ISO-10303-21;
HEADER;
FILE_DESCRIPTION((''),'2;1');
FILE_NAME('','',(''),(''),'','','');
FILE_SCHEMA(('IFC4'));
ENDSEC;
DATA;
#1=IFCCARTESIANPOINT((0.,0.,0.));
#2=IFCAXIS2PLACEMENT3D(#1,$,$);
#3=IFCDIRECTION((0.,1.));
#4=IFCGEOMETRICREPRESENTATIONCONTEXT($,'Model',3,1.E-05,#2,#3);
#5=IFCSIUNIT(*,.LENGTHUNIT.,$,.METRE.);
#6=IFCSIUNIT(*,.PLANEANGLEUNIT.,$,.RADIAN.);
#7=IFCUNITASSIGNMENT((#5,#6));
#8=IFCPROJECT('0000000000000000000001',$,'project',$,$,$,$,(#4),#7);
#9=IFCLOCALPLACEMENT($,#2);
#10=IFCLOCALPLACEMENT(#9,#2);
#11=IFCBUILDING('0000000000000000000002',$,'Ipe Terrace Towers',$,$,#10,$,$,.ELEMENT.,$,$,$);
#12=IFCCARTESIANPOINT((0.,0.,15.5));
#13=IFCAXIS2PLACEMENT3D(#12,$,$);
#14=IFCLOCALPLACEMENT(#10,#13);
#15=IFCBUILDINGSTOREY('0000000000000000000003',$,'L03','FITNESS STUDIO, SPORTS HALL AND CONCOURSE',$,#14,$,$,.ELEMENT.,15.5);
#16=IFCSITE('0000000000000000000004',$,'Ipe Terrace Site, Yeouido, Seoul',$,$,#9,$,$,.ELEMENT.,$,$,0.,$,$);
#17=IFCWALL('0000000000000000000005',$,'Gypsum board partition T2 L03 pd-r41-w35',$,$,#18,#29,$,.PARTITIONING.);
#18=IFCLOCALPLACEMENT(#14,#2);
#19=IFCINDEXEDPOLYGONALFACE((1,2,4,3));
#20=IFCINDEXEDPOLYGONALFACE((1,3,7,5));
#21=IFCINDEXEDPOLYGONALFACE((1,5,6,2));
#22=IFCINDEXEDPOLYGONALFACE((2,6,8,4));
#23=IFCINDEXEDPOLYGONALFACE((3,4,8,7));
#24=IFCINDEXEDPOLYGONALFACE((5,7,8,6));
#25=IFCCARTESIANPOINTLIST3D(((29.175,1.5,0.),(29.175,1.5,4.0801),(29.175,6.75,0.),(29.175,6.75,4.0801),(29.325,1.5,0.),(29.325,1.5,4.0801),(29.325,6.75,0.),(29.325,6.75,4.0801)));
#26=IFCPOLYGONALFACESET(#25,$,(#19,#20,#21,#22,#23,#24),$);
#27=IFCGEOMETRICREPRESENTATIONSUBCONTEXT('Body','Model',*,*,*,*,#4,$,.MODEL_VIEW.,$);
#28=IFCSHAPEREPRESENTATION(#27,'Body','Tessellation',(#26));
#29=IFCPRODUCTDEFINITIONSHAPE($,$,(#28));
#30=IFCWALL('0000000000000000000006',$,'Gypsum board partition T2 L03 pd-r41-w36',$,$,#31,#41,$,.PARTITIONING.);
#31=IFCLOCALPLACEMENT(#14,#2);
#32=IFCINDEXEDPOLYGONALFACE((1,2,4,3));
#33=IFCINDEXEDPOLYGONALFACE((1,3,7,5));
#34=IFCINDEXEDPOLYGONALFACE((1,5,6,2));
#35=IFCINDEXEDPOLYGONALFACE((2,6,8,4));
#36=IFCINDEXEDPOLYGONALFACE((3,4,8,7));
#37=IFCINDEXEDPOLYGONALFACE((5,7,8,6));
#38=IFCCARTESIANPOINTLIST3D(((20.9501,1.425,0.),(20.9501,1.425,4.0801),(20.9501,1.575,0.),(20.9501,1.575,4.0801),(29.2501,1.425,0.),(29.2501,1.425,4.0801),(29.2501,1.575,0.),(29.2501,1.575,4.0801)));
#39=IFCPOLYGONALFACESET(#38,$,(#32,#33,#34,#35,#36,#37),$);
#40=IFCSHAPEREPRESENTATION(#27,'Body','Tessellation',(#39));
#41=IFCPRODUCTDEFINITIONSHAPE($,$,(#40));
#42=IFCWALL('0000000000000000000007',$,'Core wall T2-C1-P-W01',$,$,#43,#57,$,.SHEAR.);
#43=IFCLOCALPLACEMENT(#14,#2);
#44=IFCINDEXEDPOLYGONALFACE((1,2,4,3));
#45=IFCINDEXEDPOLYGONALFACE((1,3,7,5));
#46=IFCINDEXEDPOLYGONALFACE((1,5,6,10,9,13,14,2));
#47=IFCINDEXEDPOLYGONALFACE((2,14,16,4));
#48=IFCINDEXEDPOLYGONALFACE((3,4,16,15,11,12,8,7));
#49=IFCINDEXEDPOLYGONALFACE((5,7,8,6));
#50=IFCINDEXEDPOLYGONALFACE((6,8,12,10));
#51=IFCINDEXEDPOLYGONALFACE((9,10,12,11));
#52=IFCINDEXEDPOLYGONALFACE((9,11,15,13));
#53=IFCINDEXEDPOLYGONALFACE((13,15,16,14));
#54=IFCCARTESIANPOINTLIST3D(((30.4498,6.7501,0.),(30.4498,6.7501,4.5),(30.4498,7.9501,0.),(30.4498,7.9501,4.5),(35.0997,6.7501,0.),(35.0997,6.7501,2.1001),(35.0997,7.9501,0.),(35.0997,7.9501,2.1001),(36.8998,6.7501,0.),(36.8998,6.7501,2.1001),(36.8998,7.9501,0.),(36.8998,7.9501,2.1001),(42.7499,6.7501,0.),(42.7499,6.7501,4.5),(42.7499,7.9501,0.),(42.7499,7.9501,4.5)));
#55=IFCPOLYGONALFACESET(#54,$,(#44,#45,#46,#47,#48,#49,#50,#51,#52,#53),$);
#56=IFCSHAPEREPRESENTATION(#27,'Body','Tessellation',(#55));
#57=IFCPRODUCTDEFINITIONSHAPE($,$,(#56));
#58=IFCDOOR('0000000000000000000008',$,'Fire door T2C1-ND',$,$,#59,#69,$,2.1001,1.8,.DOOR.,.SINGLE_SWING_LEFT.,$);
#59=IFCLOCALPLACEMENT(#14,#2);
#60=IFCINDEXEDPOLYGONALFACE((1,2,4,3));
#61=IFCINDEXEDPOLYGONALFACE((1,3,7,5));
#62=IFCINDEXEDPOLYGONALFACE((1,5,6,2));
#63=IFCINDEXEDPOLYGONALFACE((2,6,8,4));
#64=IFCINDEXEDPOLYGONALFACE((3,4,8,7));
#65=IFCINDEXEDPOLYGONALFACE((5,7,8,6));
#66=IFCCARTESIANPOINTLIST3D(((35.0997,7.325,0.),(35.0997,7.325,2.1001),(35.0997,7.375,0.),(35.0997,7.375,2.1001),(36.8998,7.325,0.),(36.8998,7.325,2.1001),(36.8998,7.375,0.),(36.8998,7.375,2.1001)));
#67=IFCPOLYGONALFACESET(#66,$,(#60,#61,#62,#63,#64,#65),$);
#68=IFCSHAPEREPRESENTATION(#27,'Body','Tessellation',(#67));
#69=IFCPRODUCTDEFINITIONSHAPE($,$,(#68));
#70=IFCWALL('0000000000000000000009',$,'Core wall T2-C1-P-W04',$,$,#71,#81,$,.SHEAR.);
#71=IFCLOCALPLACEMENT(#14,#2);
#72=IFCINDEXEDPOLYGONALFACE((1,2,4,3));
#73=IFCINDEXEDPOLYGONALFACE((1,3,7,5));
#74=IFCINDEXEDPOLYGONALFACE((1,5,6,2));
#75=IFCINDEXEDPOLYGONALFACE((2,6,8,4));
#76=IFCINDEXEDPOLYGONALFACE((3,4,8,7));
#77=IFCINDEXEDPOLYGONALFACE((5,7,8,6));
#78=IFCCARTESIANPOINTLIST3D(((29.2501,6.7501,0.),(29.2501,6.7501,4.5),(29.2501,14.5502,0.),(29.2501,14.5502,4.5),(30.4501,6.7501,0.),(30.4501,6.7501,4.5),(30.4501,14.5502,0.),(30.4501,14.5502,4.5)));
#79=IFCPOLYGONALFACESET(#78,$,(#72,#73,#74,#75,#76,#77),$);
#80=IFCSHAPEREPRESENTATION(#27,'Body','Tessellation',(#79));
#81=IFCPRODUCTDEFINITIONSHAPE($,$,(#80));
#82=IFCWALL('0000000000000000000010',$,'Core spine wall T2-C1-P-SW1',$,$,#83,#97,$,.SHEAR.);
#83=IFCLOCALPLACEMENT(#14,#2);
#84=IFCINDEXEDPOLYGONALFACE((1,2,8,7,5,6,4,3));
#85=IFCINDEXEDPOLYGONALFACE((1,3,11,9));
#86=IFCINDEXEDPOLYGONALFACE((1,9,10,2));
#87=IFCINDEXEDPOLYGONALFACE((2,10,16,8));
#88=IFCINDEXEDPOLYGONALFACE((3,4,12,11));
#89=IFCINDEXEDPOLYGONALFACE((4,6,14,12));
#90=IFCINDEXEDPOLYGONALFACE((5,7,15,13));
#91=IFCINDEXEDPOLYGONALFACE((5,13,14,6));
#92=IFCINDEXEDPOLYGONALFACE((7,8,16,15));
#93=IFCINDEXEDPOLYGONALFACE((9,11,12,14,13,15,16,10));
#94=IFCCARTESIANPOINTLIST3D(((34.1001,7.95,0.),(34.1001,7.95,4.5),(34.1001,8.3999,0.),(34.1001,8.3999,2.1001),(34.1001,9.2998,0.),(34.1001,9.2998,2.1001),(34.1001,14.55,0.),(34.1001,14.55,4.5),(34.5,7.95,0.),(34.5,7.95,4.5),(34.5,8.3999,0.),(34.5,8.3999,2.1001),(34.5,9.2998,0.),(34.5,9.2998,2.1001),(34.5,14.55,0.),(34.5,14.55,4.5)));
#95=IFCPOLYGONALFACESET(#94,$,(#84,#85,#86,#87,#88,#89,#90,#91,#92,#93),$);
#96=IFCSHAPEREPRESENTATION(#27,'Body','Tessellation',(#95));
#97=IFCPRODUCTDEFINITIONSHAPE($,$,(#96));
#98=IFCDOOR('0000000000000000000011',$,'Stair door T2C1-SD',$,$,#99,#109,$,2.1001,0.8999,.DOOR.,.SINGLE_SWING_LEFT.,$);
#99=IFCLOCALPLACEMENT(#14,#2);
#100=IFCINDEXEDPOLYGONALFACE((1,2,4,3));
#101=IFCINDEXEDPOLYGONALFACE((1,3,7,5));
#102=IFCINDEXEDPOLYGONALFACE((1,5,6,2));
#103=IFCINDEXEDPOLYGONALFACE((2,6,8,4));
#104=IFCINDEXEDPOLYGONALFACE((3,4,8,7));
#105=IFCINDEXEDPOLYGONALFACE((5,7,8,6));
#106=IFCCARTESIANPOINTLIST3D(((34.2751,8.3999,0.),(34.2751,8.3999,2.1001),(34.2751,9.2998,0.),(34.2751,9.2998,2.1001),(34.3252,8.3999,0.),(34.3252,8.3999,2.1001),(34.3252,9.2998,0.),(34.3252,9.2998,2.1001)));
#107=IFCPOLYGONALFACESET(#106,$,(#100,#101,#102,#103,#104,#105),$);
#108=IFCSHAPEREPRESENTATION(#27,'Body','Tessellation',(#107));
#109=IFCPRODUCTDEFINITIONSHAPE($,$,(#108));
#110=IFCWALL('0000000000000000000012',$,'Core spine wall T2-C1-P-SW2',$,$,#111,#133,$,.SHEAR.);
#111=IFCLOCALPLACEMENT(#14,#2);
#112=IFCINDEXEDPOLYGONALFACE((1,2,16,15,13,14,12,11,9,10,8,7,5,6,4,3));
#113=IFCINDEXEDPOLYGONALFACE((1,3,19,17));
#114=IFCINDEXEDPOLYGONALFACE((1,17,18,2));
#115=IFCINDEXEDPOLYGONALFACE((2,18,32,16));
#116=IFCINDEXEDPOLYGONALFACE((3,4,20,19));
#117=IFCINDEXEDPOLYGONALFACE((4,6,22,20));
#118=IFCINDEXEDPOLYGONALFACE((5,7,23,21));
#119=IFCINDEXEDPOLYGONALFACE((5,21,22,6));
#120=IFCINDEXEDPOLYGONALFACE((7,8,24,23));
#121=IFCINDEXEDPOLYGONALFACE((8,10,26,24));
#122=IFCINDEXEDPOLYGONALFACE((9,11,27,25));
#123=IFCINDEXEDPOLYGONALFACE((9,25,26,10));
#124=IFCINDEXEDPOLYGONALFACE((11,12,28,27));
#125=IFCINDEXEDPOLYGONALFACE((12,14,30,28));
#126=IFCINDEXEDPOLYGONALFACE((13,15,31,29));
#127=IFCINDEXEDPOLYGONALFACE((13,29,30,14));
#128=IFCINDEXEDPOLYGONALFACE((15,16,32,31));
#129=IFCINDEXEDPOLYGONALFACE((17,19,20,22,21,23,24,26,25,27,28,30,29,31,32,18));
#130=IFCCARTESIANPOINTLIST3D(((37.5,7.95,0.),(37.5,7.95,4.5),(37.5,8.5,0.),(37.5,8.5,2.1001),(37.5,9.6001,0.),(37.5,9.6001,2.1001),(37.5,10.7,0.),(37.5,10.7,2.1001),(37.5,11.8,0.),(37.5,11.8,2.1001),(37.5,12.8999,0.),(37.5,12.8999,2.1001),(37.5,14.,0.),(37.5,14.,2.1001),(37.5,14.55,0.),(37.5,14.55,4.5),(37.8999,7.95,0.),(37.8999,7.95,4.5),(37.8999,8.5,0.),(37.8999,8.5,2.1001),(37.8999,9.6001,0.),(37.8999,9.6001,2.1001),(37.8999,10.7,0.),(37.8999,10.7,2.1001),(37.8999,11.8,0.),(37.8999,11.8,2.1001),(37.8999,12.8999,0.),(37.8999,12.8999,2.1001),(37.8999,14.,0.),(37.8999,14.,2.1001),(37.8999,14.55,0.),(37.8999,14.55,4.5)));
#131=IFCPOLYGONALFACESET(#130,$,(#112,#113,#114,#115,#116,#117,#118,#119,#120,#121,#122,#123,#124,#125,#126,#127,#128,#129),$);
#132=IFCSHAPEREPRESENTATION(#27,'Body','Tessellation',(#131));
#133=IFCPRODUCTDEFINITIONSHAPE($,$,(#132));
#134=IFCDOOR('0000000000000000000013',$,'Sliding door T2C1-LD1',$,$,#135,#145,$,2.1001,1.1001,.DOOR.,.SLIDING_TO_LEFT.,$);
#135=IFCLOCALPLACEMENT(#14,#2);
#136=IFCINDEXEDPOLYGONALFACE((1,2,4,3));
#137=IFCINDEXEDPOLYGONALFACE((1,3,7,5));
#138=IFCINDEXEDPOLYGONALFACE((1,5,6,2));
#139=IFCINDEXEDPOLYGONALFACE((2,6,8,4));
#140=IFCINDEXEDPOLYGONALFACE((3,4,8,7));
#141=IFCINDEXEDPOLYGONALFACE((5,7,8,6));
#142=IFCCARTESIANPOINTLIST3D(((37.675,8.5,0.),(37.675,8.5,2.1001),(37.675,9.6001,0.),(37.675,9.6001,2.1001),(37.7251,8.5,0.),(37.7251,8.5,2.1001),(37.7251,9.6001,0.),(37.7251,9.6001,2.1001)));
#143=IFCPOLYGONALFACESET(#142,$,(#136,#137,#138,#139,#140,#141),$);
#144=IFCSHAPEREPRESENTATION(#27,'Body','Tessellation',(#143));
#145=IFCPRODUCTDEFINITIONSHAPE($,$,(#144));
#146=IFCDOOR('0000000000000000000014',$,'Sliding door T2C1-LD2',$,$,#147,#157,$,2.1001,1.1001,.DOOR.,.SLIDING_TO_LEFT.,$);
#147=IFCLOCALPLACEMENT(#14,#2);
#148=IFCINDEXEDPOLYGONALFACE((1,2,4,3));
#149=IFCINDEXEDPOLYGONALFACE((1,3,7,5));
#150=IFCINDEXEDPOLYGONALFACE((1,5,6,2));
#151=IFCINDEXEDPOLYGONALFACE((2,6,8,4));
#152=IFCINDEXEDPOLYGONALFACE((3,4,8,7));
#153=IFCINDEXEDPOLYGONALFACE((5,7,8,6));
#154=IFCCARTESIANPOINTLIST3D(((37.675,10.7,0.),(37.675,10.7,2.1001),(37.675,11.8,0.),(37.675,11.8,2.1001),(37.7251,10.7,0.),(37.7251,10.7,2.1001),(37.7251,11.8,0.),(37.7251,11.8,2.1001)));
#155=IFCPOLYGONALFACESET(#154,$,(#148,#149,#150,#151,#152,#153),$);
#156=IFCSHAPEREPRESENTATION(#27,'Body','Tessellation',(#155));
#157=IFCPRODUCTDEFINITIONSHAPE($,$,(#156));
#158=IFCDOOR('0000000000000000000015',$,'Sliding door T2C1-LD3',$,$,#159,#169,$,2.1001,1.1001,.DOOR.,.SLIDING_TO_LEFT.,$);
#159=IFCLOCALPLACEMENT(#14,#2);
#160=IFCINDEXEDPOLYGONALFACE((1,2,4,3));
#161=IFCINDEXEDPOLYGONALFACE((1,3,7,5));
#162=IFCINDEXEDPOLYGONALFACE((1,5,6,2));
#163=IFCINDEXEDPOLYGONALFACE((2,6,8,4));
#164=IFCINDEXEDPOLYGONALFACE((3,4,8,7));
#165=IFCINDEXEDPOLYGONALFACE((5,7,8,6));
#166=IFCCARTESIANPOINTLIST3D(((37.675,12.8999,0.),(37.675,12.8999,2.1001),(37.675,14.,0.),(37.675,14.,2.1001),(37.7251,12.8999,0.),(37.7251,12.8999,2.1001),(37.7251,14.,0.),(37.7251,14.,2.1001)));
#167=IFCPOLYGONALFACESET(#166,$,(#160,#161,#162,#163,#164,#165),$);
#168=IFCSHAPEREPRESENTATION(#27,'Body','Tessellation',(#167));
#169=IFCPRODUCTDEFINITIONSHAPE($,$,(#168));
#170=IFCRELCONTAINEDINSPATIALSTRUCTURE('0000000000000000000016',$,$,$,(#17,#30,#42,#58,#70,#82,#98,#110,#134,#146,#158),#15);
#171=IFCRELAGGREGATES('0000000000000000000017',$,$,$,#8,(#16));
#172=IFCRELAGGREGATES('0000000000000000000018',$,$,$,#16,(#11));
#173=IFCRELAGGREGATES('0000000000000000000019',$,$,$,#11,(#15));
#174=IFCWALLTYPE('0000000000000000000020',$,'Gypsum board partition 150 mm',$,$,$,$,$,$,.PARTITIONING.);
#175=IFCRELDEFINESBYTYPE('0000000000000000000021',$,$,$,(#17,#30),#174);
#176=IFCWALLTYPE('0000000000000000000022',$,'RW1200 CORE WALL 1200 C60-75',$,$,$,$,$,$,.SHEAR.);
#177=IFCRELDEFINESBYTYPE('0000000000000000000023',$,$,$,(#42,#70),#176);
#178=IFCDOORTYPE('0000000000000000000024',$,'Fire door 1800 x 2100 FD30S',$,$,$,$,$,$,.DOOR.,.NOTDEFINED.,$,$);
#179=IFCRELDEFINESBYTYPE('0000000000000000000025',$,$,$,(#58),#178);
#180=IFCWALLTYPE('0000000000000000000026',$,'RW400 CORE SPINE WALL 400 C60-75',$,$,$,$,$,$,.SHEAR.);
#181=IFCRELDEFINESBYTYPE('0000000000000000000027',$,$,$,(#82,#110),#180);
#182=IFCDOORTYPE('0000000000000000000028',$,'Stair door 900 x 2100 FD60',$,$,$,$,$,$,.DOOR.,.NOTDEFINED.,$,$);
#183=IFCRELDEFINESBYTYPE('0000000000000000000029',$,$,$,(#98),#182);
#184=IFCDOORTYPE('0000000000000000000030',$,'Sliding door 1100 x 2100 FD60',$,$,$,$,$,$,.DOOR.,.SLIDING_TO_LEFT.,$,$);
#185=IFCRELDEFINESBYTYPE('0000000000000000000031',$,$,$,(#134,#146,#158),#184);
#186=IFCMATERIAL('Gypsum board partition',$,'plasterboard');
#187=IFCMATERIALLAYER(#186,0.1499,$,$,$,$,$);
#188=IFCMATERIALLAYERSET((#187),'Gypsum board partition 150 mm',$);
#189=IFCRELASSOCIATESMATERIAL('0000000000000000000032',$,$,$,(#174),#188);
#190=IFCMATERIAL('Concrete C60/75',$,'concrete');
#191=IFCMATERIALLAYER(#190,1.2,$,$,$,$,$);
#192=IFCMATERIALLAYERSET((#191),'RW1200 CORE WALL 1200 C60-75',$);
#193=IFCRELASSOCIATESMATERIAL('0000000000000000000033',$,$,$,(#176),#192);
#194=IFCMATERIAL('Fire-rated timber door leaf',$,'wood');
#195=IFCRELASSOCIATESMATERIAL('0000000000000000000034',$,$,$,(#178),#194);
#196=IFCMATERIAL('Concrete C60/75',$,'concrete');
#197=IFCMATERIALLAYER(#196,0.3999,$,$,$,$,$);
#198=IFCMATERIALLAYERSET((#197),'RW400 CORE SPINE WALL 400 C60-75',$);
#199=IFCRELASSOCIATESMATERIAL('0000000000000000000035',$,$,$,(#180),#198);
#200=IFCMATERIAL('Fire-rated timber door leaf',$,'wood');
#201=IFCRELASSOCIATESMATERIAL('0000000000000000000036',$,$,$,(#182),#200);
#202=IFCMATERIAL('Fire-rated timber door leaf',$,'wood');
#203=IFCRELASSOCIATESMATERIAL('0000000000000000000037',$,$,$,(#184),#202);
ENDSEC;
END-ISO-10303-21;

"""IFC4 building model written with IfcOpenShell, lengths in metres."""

from ifc_helpers import new_model, si_unit, direction, frame, frame_2d, origin, place, context, subcontext, project, spatial, rectangle, extrude, material, layer, layer_set, type_object, element, fill, save


model = new_model("IFC4")

# Units and contexts
model_context = context("Model", 3, precision=1e-05, world=origin(), true_north=direction((0.0, 1.0)))
body_context = subcontext(model_context, "Body", "Model", "MODEL_VIEW")
ifc_project = project(units=[si_unit("LENGTHUNIT", "METRE"), si_unit("PLANEANGLEUNIT", "RADIAN")], contexts=[model_context])

# Site, building, storey
site_placement = place(None, origin())
site = spatial("IfcSite", under=ifc_project, at=site_placement, Name="Ipe Terrace Site, Yeouido, Seoul", CompositionType="ELEMENT", RefElevation=0.0)
building_placement = place(site_placement, origin())
building = spatial("IfcBuilding", under=site, at=building_placement, Name="Ipe Terrace Towers", CompositionType="ELEMENT")
storey_placement = place(building_placement, frame((0.0, 0.0, 15.5)))
storey = spatial("IfcBuildingStorey", under=building, at=storey_placement, Name="L03", Description="FITNESS STUDIO, SPORTS HALL AND CONCOURSE", CompositionType="ELEMENT", Elevation=15.5)

# Shared definitions
ifc_material_1 = material(Name="Gypsum board partition", Category="plasterboard")
ifc_layer_1 = layer(ifc_material_1, 0.1499)
ifc_layer_set_1 = layer_set([ifc_layer_1], Name="Gypsum board partition 150 mm")
wall_type_1 = type_object("IfcWallType", Name="Gypsum board partition 150 mm", PredefinedType="PARTITIONING", material=ifc_layer_set_1)

# Walls
wall_1_placement = place(storey_placement, frame((29.25, 6.75, 0.0), z_axis=(0.0, 0.0, 1.0), x_axis=(0.0, -1.0, 0.0)))
element("IfcWall", 1, at=wall_1_placement, inside=storey, type_object=wall_type_1, Name="Gypsum board partition T2 L03 pd-r41-w35", PredefinedType="PARTITIONING", context=body_context, shape_type="SweptSolid", body=[
    extrude(rectangle(XDim=5.25, YDim=0.1499, at=frame_2d((2.625, 0.0))), origin(), (0.0, 0.0, 1.0), 4.0801),
])
wall_2_placement = place(storey_placement, frame((29.25, 1.5, 0.0), z_axis=(0.0, 0.0, 1.0), x_axis=(-1.0, 0.0, 0.0)))
element("IfcWall", 2, at=wall_2_placement, inside=storey, type_object=wall_type_1, Name="Gypsum board partition T2 L03 pd-r41-w36", PredefinedType="PARTITIONING", context=body_context, shape_type="SweptSolid", body=[
    extrude(rectangle(XDim=8.3, YDim=0.1499, at=frame_2d((4.1499, 0.0))), origin(), (0.0, 0.0, 1.0), 4.0801),
])

# Wall, opening, door
ifc_material_2 = material(Name="Concrete C60/75", Category="concrete")
ifc_layer_2 = layer(ifc_material_2, 1.2)
ifc_layer_set_2 = layer_set([ifc_layer_2], Name="RW1200 CORE WALL 1200 C60-75")
wall_type_2 = type_object("IfcWallType", Name="RW1200 CORE WALL 1200 C60-75", PredefinedType="SHEAR", material=ifc_layer_set_2)
wall_3_placement = place(storey_placement, frame((30.45, 7.3501, 0.0), z_axis=(0.0, 0.0, 1.0), x_axis=(1.0, 0.0, 0.0)))
wall_3 = element("IfcWall", 3, at=wall_3_placement, inside=storey, type_object=wall_type_2, Name="Core wall T2-C1-P-W01", PredefinedType="SHEAR", context=body_context, shape_type="SweptSolid", body=[
    extrude(rectangle(XDim=12.3, YDim=1.2, at=frame_2d((6.1499, 0.0))), origin(), (0.0, 0.0, 1.0), 4.5),
])
opening_1_placement = place(wall_3_placement, frame((4.6499, 0.0, 0.0)))
opening_1 = element("IfcOpeningElement", 4, at=opening_1_placement, cuts=wall_3, PredefinedType="OPENING", context=body_context, shape_type="SweptSolid", body=[
    extrude(rectangle(XDim=1.8, YDim=2.1001, at=frame_2d((0.8999, 1.05))), frame((0.0, 0.6099, 0.0), z_axis=(0.0, -1.0, 0.0), x_axis=(1.0, 0.0, 0.0)), (0.0, 0.0, 1.0), 1.22),
])
ifc_material_3 = material(Name="Fire-rated timber door leaf", Category="wood")
door_type_1 = type_object("IfcDoorType", Name="Fire door 1800 x 2100 FD30S", OperationType="NOTDEFINED", PredefinedType="DOOR", material=ifc_material_3)
door_1_placement = place(opening_1_placement, origin())
door_1 = element("IfcDoor", 5, at=door_1_placement, inside=storey, type_object=door_type_1, Name="Fire door T2C1-ND", OperationType="SINGLE_SWING_LEFT", OverallHeight=2.1001, OverallWidth=1.8, PredefinedType="DOOR", context=body_context, shape_type="SweptSolid", body=[
    extrude(rectangle(XDim=1.8, YDim=2.1001, at=frame_2d((0.8999, 1.05))), frame((0.0, 0.0249, 0.0), z_axis=(0.0, -1.0, 0.0), x_axis=(1.0, 0.0, 0.0)), (0.0, 0.0, 1.0), 0.05),
])
fill(opening_1, door_1)

# Wall
wall_4_placement = place(storey_placement, frame((29.8501, 14.55, 0.0), z_axis=(0.0, 0.0, 1.0), x_axis=(0.0, -1.0, 0.0)))
element("IfcWall", 6, at=wall_4_placement, inside=storey, type_object=wall_type_2, Name="Core wall T2-C1-P-W04", PredefinedType="SHEAR", context=body_context, shape_type="SweptSolid", body=[
    extrude(rectangle(XDim=7.8, YDim=1.2, at=frame_2d((3.8999, 0.0))), origin(), (0.0, 0.0, 1.0), 4.5),
])

# Wall, opening, door
ifc_material_4 = material(Name="Concrete C60/75", Category="concrete")
ifc_layer_3 = layer(ifc_material_4, 0.3999)
ifc_layer_set_3 = layer_set([ifc_layer_3], Name="RW400 CORE SPINE WALL 400 C60-75")
wall_type_3 = type_object("IfcWallType", Name="RW400 CORE SPINE WALL 400 C60-75", PredefinedType="SHEAR", material=ifc_layer_set_3)
wall_5_placement = place(storey_placement, frame((34.3, 7.95, 0.0), z_axis=(0.0, 0.0, 1.0), x_axis=(0.0, 1.0, 0.0)))
wall_5 = element("IfcWall", 7, at=wall_5_placement, inside=storey, type_object=wall_type_3, Name="Core spine wall T2-C1-P-SW1", PredefinedType="SHEAR", context=body_context, shape_type="SweptSolid", body=[
    extrude(rectangle(XDim=6.6001, YDim=0.3999, at=frame_2d((3.3, 0.0))), origin(), (0.0, 0.0, 1.0), 4.5),
])
opening_2_placement = place(wall_5_placement, frame((0.45, 0.0, 0.0)))
opening_2 = element("IfcOpeningElement", 8, at=opening_2_placement, cuts=wall_5, PredefinedType="OPENING", context=body_context, shape_type="SweptSolid", body=[
    extrude(rectangle(XDim=0.8999, YDim=2.1001, at=frame_2d((0.45, 1.05))), frame((0.0, 0.21, 0.0), z_axis=(0.0, -1.0, 0.0), x_axis=(1.0, 0.0, 0.0)), (0.0, 0.0, 1.0), 0.4199),
])
ifc_material_5 = material(Name="Fire-rated timber door leaf", Category="wood")
door_type_2 = type_object("IfcDoorType", Name="Stair door 900 x 2100 FD60", OperationType="NOTDEFINED", PredefinedType="DOOR", material=ifc_material_5)
door_2_placement = place(opening_2_placement, origin())
door_2 = element("IfcDoor", 9, at=door_2_placement, inside=storey, type_object=door_type_2, Name="Stair door T2C1-SD", OperationType="SINGLE_SWING_LEFT", OverallHeight=2.1001, OverallWidth=0.8999, PredefinedType="DOOR", context=body_context, shape_type="SweptSolid", body=[
    extrude(rectangle(XDim=0.8999, YDim=2.1001, at=frame_2d((0.45, 1.05))), frame((0.0, 0.0249, 0.0), z_axis=(0.0, -1.0, 0.0), x_axis=(1.0, 0.0, 0.0)), (0.0, 0.0, 1.0), 0.05),
])
fill(opening_2, door_2)

# Wall, openings, doors
wall_6_placement = place(storey_placement, frame((37.7, 7.95, 0.0), z_axis=(0.0, 0.0, 1.0), x_axis=(0.0, 1.0, 0.0)))
wall_6 = element("IfcWall", 10, at=wall_6_placement, inside=storey, type_object=wall_type_3, Name="Core spine wall T2-C1-P-SW2", PredefinedType="SHEAR", context=body_context, shape_type="SweptSolid", body=[
    extrude(rectangle(XDim=6.6001, YDim=0.3999, at=frame_2d((3.3, 0.0))), origin(), (0.0, 0.0, 1.0), 4.5),
])
opening_3_placement = place(wall_6_placement, frame((0.55, 0.0, 0.0)))
opening_3 = element("IfcOpeningElement", 11, at=opening_3_placement, cuts=wall_6, PredefinedType="OPENING", context=body_context, shape_type="SweptSolid", body=[
    extrude(rectangle(XDim=1.1001, YDim=2.1001, at=frame_2d((0.55, 1.05))), frame((0.0, 0.21, 0.0), z_axis=(0.0, -1.0, 0.0), x_axis=(1.0, 0.0, 0.0)), (0.0, 0.0, 1.0), 0.4199),
])
opening_4_placement = place(wall_6_placement, frame((2.75, 0.0, 0.0)))
opening_4 = element("IfcOpeningElement", 12, at=opening_4_placement, cuts=wall_6, PredefinedType="OPENING", context=body_context, shape_type="SweptSolid", body=[
    extrude(rectangle(XDim=1.1001, YDim=2.1001, at=frame_2d((0.55, 1.05))), frame((0.0, 0.21, 0.0), z_axis=(0.0, -1.0, 0.0), x_axis=(1.0, 0.0, 0.0)), (0.0, 0.0, 1.0), 0.4199),
])
opening_5_placement = place(wall_6_placement, frame((4.95, 0.0, 0.0)))
opening_5 = element("IfcOpeningElement", 13, at=opening_5_placement, cuts=wall_6, PredefinedType="OPENING", context=body_context, shape_type="SweptSolid", body=[
    extrude(rectangle(XDim=1.1001, YDim=2.1001, at=frame_2d((0.55, 1.05))), frame((0.0, 0.21, 0.0), z_axis=(0.0, -1.0, 0.0), x_axis=(1.0, 0.0, 0.0)), (0.0, 0.0, 1.0), 0.4199),
])
ifc_material_6 = material(Name="Fire-rated timber door leaf", Category="wood")
door_type_3 = type_object("IfcDoorType", Name="Sliding door 1100 x 2100 FD60", OperationType="SLIDING_TO_LEFT", PredefinedType="DOOR", material=ifc_material_6)
door_3_placement = place(opening_3_placement, origin())
door_3 = element("IfcDoor", 14, at=door_3_placement, inside=storey, type_object=door_type_3, Name="Sliding door T2C1-LD1", OperationType="SLIDING_TO_LEFT", OverallHeight=2.1001, OverallWidth=1.1001, PredefinedType="DOOR", context=body_context, shape_type="SweptSolid", body=[
    extrude(rectangle(XDim=1.1001, YDim=2.1001, at=frame_2d((0.55, 1.05))), frame((0.0, 0.0249, 0.0), z_axis=(0.0, -1.0, 0.0), x_axis=(1.0, 0.0, 0.0)), (0.0, 0.0, 1.0), 0.05),
])
fill(opening_3, door_3)
door_4_placement = place(opening_4_placement, origin())
door_4 = element("IfcDoor", 15, at=door_4_placement, inside=storey, type_object=door_type_3, Name="Sliding door T2C1-LD2", OperationType="SLIDING_TO_LEFT", OverallHeight=2.1001, OverallWidth=1.1001, PredefinedType="DOOR", context=body_context, shape_type="SweptSolid", body=[
    extrude(rectangle(XDim=1.1001, YDim=2.1001, at=frame_2d((0.55, 1.05))), frame((0.0, 0.0249, 0.0), z_axis=(0.0, -1.0, 0.0), x_axis=(1.0, 0.0, 0.0)), (0.0, 0.0, 1.0), 0.05),
])
fill(opening_4, door_4)
door_5_placement = place(opening_5_placement, origin())
door_5 = element("IfcDoor", 16, at=door_5_placement, inside=storey, type_object=door_type_3, Name="Sliding door T2C1-LD3", OperationType="SLIDING_TO_LEFT", OverallHeight=2.1001, OverallWidth=1.1001, PredefinedType="DOOR", context=body_context, shape_type="SweptSolid", body=[
    extrude(rectangle(XDim=1.1001, YDim=2.1001, at=frame_2d((0.55, 1.05))), frame((0.0, 0.0249, 0.0), z_axis=(0.0, -1.0, 0.0), x_axis=(1.0, 0.0, 0.0)), (0.0, 0.0, 1.0), 0.05),
])
fill(opening_5, door_5)

save(model, "model.ifc")
